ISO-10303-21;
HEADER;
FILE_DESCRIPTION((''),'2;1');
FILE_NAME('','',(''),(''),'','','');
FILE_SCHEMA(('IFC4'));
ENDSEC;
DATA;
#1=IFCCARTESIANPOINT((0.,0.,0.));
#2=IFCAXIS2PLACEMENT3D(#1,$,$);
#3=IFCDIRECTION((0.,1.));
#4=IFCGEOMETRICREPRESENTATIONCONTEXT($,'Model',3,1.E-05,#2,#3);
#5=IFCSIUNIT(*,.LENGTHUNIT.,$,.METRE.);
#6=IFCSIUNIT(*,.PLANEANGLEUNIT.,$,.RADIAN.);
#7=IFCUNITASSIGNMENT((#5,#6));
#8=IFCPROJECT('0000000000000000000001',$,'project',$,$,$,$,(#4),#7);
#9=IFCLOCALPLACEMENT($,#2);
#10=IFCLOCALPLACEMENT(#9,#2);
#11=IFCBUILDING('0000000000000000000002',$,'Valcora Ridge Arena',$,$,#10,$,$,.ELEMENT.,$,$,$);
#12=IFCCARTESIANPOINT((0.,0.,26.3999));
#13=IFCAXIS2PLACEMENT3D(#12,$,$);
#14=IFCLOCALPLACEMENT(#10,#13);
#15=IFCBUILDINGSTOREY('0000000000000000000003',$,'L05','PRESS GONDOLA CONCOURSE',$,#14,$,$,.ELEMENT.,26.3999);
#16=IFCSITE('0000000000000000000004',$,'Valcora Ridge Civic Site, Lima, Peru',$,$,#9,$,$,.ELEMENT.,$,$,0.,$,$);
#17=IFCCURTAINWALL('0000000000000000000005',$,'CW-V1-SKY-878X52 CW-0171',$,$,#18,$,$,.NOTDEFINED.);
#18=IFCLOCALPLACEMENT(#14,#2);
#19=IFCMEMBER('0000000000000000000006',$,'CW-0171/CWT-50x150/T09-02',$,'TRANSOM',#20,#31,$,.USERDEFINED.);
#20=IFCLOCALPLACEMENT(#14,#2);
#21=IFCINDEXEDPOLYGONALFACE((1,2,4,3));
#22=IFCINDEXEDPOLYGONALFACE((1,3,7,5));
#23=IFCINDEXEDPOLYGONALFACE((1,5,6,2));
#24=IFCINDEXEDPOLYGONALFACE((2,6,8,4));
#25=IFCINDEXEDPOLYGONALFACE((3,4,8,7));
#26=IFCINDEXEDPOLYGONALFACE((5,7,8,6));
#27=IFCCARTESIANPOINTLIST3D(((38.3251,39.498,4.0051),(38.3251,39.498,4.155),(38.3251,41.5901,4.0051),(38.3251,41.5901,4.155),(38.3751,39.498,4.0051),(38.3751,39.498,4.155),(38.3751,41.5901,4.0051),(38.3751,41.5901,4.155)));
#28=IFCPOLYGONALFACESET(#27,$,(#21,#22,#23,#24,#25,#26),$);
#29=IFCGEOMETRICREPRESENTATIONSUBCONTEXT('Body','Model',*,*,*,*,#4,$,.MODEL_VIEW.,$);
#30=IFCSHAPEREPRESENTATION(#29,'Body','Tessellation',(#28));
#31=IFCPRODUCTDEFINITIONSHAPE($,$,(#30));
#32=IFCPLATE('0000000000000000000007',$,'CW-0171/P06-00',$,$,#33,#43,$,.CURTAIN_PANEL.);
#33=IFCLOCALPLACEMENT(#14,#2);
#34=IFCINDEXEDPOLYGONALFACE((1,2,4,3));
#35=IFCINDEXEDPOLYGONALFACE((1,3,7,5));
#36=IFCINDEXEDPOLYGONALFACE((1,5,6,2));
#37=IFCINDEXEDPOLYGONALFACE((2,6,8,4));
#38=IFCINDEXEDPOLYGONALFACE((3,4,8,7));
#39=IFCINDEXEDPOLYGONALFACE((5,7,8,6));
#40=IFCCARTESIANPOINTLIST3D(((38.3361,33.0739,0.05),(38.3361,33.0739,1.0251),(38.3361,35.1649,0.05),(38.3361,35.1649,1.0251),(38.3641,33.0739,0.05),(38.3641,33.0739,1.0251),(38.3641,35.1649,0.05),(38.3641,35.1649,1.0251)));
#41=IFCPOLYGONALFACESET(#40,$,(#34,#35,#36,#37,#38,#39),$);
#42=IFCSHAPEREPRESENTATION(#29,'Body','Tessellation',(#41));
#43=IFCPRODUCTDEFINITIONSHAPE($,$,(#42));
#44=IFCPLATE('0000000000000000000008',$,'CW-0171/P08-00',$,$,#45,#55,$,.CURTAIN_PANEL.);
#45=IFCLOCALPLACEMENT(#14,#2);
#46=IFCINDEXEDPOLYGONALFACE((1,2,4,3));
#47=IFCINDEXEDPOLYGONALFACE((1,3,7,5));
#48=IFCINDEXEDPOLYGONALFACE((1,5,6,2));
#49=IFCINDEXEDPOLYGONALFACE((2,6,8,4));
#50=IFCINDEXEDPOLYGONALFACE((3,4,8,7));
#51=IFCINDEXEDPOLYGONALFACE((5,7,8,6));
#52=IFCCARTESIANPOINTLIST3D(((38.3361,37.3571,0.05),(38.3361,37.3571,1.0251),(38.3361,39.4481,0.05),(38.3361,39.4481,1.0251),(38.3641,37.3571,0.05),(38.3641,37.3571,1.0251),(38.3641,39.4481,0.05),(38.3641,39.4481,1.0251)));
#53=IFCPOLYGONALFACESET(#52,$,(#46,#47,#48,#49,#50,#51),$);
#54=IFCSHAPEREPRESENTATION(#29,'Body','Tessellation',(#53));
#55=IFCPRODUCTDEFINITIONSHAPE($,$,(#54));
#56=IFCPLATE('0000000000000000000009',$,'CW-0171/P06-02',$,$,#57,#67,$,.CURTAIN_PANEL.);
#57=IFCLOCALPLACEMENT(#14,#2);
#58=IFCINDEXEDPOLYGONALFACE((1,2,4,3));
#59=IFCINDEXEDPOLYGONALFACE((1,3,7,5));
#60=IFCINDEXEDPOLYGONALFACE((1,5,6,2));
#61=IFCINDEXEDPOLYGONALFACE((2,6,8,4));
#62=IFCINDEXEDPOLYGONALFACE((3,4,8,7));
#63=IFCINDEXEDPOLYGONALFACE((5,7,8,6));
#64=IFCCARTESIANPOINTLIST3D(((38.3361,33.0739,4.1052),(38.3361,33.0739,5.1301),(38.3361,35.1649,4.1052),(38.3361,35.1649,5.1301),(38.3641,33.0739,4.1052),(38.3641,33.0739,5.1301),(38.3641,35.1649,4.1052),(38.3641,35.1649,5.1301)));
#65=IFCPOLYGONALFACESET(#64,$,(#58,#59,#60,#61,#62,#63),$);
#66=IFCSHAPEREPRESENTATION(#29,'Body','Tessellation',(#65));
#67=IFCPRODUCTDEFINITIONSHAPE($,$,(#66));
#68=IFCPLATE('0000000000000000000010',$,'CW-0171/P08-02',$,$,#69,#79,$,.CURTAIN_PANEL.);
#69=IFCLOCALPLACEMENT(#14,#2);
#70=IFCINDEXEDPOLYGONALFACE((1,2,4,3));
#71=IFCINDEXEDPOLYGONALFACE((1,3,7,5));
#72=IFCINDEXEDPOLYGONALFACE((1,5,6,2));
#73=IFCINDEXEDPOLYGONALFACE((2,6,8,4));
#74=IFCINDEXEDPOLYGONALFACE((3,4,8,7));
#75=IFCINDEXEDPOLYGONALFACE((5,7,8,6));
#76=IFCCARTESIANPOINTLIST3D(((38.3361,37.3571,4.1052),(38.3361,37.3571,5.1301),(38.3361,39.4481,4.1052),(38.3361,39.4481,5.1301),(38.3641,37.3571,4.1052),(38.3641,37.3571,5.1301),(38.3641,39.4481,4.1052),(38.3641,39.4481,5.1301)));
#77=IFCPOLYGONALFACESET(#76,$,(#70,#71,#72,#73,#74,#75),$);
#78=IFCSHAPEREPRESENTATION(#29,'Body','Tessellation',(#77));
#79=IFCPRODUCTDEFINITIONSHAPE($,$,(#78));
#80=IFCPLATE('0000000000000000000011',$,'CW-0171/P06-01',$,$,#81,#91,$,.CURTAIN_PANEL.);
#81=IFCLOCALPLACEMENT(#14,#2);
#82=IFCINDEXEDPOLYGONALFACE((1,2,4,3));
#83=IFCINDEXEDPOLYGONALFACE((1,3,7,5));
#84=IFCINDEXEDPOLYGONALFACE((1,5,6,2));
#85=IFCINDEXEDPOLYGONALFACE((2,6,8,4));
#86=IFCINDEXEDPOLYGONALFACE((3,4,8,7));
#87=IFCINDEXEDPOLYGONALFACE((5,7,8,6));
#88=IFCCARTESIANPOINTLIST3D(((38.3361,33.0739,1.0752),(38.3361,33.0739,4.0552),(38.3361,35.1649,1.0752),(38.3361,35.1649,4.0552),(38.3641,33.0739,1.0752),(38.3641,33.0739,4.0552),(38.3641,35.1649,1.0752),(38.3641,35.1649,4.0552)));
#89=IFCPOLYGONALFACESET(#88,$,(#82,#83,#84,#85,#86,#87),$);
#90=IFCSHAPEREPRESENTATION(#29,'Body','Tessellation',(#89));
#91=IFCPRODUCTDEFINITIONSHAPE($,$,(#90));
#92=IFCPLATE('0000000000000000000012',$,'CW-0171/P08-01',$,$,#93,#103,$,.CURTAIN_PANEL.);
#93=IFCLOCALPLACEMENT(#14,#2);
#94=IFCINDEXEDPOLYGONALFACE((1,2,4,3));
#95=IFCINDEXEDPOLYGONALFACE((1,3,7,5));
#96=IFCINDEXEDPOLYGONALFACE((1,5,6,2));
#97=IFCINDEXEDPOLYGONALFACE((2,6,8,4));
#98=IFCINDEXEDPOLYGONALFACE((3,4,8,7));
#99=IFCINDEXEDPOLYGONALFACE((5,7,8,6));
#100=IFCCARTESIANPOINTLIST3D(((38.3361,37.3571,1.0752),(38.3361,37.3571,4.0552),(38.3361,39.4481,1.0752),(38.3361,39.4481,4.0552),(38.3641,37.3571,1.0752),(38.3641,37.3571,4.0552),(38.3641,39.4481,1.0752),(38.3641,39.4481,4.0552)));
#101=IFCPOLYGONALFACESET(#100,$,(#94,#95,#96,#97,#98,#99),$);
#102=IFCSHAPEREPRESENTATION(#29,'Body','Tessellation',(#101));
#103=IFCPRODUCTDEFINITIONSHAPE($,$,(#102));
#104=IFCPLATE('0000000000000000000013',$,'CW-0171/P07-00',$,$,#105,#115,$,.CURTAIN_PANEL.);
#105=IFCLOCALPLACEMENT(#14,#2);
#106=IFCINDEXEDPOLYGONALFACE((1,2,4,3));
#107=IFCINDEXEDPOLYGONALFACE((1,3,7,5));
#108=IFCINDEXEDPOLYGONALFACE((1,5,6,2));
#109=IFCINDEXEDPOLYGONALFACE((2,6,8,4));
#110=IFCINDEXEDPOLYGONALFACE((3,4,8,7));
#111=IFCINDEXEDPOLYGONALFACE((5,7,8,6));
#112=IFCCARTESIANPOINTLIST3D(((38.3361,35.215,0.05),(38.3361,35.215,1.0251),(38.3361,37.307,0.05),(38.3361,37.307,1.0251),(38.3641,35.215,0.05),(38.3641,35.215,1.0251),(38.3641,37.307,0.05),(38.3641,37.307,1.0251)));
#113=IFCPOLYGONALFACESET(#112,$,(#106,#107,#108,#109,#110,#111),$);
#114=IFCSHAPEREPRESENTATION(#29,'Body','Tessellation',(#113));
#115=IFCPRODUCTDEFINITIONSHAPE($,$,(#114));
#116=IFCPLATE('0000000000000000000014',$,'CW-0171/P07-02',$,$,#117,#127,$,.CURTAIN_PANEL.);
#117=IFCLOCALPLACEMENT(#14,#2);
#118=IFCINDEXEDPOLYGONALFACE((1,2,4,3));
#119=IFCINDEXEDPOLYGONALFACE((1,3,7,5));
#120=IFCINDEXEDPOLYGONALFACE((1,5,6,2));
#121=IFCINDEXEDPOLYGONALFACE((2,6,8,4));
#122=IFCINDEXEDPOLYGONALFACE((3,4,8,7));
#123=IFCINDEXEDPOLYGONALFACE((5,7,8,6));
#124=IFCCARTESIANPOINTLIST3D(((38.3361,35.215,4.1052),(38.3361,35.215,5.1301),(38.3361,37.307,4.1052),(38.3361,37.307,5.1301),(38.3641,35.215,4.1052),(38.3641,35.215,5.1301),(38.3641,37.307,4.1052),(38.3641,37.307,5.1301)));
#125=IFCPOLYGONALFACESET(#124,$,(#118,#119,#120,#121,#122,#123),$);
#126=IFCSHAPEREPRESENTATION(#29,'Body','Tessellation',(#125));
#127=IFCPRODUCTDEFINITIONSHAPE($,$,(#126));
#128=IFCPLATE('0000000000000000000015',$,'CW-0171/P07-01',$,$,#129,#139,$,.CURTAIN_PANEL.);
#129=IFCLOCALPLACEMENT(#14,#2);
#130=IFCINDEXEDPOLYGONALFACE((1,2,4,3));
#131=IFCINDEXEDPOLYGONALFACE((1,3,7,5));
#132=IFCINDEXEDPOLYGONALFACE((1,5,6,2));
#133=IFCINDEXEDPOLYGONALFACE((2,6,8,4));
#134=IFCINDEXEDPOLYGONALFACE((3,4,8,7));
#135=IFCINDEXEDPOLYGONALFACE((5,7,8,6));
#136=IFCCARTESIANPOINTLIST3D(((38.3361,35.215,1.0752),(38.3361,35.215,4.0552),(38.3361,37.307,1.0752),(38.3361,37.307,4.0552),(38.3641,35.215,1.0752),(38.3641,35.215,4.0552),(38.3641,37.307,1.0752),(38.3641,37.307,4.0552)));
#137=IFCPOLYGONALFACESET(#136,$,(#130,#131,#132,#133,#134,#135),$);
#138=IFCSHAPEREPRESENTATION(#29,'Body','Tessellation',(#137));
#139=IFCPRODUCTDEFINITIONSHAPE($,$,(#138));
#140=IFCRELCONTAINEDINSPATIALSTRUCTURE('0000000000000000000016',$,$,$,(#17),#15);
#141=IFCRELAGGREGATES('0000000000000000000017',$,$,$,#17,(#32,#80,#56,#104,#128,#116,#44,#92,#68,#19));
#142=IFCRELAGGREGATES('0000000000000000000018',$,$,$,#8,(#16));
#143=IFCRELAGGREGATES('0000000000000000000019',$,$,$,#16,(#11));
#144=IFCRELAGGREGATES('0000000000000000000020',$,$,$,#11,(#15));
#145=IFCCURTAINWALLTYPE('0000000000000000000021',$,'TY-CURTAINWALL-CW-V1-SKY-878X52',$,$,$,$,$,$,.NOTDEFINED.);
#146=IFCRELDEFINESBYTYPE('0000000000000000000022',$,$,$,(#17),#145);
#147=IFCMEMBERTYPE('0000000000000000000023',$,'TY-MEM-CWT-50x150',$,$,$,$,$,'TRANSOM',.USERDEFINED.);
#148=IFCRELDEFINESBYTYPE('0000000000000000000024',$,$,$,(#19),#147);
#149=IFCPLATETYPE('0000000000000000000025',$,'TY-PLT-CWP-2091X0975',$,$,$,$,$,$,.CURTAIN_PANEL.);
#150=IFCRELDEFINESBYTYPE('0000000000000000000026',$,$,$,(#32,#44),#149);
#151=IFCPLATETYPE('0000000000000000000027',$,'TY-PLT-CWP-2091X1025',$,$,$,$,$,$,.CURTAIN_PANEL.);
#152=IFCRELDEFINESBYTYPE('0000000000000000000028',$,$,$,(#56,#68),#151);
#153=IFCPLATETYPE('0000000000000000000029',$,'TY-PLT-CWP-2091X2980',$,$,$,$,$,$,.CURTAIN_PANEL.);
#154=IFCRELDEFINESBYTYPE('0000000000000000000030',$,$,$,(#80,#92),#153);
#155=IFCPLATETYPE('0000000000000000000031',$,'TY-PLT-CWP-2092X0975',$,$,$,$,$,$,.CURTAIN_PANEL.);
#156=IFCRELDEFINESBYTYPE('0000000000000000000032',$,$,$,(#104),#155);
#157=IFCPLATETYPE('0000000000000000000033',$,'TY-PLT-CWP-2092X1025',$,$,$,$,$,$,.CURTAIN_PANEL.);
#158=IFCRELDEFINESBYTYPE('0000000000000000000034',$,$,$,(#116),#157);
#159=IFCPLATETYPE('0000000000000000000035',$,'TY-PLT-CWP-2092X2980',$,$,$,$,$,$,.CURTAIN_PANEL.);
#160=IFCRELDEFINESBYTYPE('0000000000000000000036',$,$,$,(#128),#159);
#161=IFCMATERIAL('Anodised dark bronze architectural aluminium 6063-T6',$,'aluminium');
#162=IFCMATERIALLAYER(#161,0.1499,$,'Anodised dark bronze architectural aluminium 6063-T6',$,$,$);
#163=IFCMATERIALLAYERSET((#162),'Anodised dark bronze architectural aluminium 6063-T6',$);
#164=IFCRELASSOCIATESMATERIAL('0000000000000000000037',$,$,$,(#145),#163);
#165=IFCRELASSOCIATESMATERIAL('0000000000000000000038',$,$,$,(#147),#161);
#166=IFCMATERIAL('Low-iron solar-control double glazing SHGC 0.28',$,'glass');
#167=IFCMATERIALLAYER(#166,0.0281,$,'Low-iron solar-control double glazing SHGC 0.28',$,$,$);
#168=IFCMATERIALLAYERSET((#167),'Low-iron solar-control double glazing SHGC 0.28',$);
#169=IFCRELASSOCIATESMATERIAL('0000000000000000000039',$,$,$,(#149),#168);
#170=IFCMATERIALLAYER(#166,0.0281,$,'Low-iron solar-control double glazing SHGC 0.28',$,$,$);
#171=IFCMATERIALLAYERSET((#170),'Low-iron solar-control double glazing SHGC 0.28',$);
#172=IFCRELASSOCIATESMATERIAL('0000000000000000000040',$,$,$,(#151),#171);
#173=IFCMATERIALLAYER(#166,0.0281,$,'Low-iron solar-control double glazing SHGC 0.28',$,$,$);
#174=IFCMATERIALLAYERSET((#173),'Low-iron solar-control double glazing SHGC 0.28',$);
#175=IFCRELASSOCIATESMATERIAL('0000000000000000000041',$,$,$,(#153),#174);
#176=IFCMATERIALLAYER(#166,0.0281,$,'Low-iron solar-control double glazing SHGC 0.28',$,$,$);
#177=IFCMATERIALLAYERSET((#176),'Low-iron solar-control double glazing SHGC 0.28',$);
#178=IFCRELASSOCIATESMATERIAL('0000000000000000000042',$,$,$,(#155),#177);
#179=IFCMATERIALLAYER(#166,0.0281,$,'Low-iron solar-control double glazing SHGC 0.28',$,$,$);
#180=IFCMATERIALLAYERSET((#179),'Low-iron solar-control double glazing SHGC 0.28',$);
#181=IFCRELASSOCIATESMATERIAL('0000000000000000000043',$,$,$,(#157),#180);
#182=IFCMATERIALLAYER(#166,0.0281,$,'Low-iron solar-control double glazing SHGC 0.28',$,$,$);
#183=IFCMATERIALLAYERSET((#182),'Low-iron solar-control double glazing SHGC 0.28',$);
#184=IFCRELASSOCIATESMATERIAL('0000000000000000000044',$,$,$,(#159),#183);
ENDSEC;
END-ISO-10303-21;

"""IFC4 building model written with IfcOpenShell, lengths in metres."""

from ifc_helpers import new_model, si_unit, direction, frame, origin, origin_2d, place, context, subcontext, project, spatial, rectangle, extrude, material, layer, layer_set, material_profile, profile_set, type_object, element, aggregate, save


model = new_model("IFC4")

# Units and contexts
model_context = context("Model", 3, precision=1e-05, world=origin(), true_north=direction((0.0, 1.0)))
body_context = subcontext(model_context, "Body", "Model", "MODEL_VIEW")
ifc_project = project(units=[si_unit("LENGTHUNIT", "METRE"), si_unit("PLANEANGLEUNIT", "RADIAN")], contexts=[model_context])

# Site, building, storey
site_placement = place(None, origin())
site = spatial("IfcSite", under=ifc_project, at=site_placement, Name="Valcora Ridge Civic Site, Lima, Peru", CompositionType="ELEMENT", RefElevation=0.0)
building_placement = place(site_placement, origin())
building = spatial("IfcBuilding", under=site, at=building_placement, Name="Valcora Ridge Arena", CompositionType="ELEMENT")
storey_placement = place(building_placement, frame((0.0, 0.0, 26.3999)))
storey = spatial("IfcBuildingStorey", under=building, at=storey_placement, Name="L05", Description="PRESS GONDOLA CONCOURSE", CompositionType="ELEMENT", Elevation=26.3999)

# Curtain wall, member, plates
ifc_material_1 = material(Name="Anodised dark bronze architectural aluminium 6063-T6", Category="aluminium")
ifc_layer_1 = layer(ifc_material_1, 0.1499, Name="Anodised dark bronze architectural aluminium 6063-T6")
ifc_layer_set_1 = layer_set([ifc_layer_1], Name="Anodised dark bronze architectural aluminium 6063-T6")
curtain_wall_type = type_object("IfcCurtainWallType", Name="TY-CURTAINWALL-CW-V1-SKY-878X52", PredefinedType="NOTDEFINED", material=ifc_layer_set_1)
curtain_wall_placement = place(storey_placement, origin())
curtain_wall = element("IfcCurtainWall", 1, at=curtain_wall_placement, inside=storey, type_object=curtain_wall_type, Name="CW-V1-SKY-878X52 CW-0171", PredefinedType="NOTDEFINED")
ifc_material_profile_1 = material_profile(ifc_material_1, rectangle(XDim=0.05, YDim=0.1499, at=origin_2d()), Name="ALU TRANSOM 50x150")
ifc_profile_set_1 = profile_set([ifc_material_profile_1], Name="Anodised dark bronze architectural aluminium 6063-T6")
member_type_1 = type_object("IfcMemberType", Name="TY-MEM-CWT-50x150", ElementType="TRANSOM", PredefinedType="USERDEFINED", material=ifc_profile_set_1)
member_1_placement = place(storey_placement, frame((38.3501, 39.498, 4.0801), z_axis=(0.0, 1.0, 0.0), x_axis=(-1.0, 0.0, 0.0)))
member_1 = element("IfcMember", 2, at=member_1_placement, type_object=member_type_1, Name="CW-0171/CWT-50x150/T09-02", ObjectType="TRANSOM", PredefinedType="USERDEFINED", context=body_context, shape_type="SweptSolid", body=[
    extrude(rectangle(XDim=0.05, YDim=0.1499, at=origin_2d()), origin(), (0.0, 0.0, 1.0), 2.092),
])
ifc_material_2 = material(Name="Low-iron solar-control double glazing SHGC 0.28", Category="glass")
ifc_layer_2 = layer(ifc_material_2, 0.0281, Name="Low-iron solar-control double glazing SHGC 0.28")
ifc_layer_set_2 = layer_set([ifc_layer_2], Name="Low-iron solar-control double glazing SHGC 0.28")
plate_type_1 = type_object("IfcPlateType", Name="TY-PLT-CWP-2091X0975", PredefinedType="CURTAIN_PANEL", material=ifc_layer_set_2)
plate_1_placement = place(storey_placement, frame((38.3501, 34.1194, 0.05), z_axis=(0.0, 0.0, 1.0), x_axis=(0.0, 1.0, 0.0)))
plate_1 = element("IfcPlate", 3, at=plate_1_placement, type_object=plate_type_1, Name="CW-0171/P06-00", PredefinedType="CURTAIN_PANEL", context=body_context, shape_type="SweptSolid", body=[
    extrude(rectangle(XDim=2.0911, YDim=0.0281, at=origin_2d()), origin(), (0.0, 0.0, 1.0), 0.9751),
])
plate_2_placement = place(storey_placement, frame((38.3501, 38.4026, 0.05), z_axis=(0.0, 0.0, 1.0), x_axis=(0.0, 1.0, 0.0)))
plate_2 = element("IfcPlate", 4, at=plate_2_placement, type_object=plate_type_1, Name="CW-0171/P08-00", PredefinedType="CURTAIN_PANEL", context=body_context, shape_type="SweptSolid", body=[
    extrude(rectangle(XDim=2.0911, YDim=0.0281, at=origin_2d()), origin(), (0.0, 0.0, 1.0), 0.9751),
])
ifc_layer_3 = layer(ifc_material_2, 0.0281, Name="Low-iron solar-control double glazing SHGC 0.28")
ifc_layer_set_3 = layer_set([ifc_layer_3], Name="Low-iron solar-control double glazing SHGC 0.28")
plate_type_2 = type_object("IfcPlateType", Name="TY-PLT-CWP-2091X1025", PredefinedType="CURTAIN_PANEL", material=ifc_layer_set_3)
plate_3_placement = place(storey_placement, frame((38.3501, 34.1194, 4.1052), z_axis=(0.0, 0.0, 1.0), x_axis=(0.0, 1.0, 0.0)))
plate_3 = element("IfcPlate", 5, at=plate_3_placement, type_object=plate_type_2, Name="CW-0171/P06-02", PredefinedType="CURTAIN_PANEL", context=body_context, shape_type="SweptSolid", body=[
    extrude(rectangle(XDim=2.0911, YDim=0.0281, at=origin_2d()), origin(), (0.0, 0.0, 1.0), 1.0249),
])
plate_4_placement = place(storey_placement, frame((38.3501, 38.4026, 4.1052), z_axis=(0.0, 0.0, 1.0), x_axis=(0.0, 1.0, 0.0)))
plate_4 = element("IfcPlate", 6, at=plate_4_placement, type_object=plate_type_2, Name="CW-0171/P08-02", PredefinedType="CURTAIN_PANEL", context=body_context, shape_type="SweptSolid", body=[
    extrude(rectangle(XDim=2.0911, YDim=0.0281, at=origin_2d()), origin(), (0.0, 0.0, 1.0), 1.0249),
])
ifc_layer_4 = layer(ifc_material_2, 0.0281, Name="Low-iron solar-control double glazing SHGC 0.28")
ifc_layer_set_4 = layer_set([ifc_layer_4], Name="Low-iron solar-control double glazing SHGC 0.28")
plate_type_3 = type_object("IfcPlateType", Name="TY-PLT-CWP-2091X2980", PredefinedType="CURTAIN_PANEL", material=ifc_layer_set_4)
plate_5_placement = place(storey_placement, frame((38.3501, 34.1194, 1.0752), z_axis=(0.0, 0.0, 1.0), x_axis=(0.0, 1.0, 0.0)))
plate_5 = element("IfcPlate", 7, at=plate_5_placement, type_object=plate_type_3, Name="CW-0171/P06-01", PredefinedType="CURTAIN_PANEL", context=body_context, shape_type="SweptSolid", body=[
    extrude(rectangle(XDim=2.0911, YDim=0.0281, at=origin_2d()), origin(), (0.0, 0.0, 1.0), 2.98),
])
plate_6_placement = place(storey_placement, frame((38.3501, 38.4026, 1.0752), z_axis=(0.0, 0.0, 1.0), x_axis=(0.0, 1.0, 0.0)))
plate_6 = element("IfcPlate", 8, at=plate_6_placement, type_object=plate_type_3, Name="CW-0171/P08-01", PredefinedType="CURTAIN_PANEL", context=body_context, shape_type="SweptSolid", body=[
    extrude(rectangle(XDim=2.0911, YDim=0.0281, at=origin_2d()), origin(), (0.0, 0.0, 1.0), 2.98),
])
ifc_layer_5 = layer(ifc_material_2, 0.0281, Name="Low-iron solar-control double glazing SHGC 0.28")
ifc_layer_set_5 = layer_set([ifc_layer_5], Name="Low-iron solar-control double glazing SHGC 0.28")
plate_type_4 = type_object("IfcPlateType", Name="TY-PLT-CWP-2092X0975", PredefinedType="CURTAIN_PANEL", material=ifc_layer_set_5)
plate_7_placement = place(storey_placement, frame((38.3501, 36.261, 0.05), z_axis=(0.0, 0.0, 1.0), x_axis=(0.0, 1.0, 0.0)))
plate_7 = element("IfcPlate", 9, at=plate_7_placement, type_object=plate_type_4, Name="CW-0171/P07-00", PredefinedType="CURTAIN_PANEL", context=body_context, shape_type="SweptSolid", body=[
    extrude(rectangle(XDim=2.092, YDim=0.0281, at=origin_2d()), origin(), (0.0, 0.0, 1.0), 0.9751),
])
ifc_layer_6 = layer(ifc_material_2, 0.0281, Name="Low-iron solar-control double glazing SHGC 0.28")
ifc_layer_set_6 = layer_set([ifc_layer_6], Name="Low-iron solar-control double glazing SHGC 0.28")
plate_type_5 = type_object("IfcPlateType", Name="TY-PLT-CWP-2092X1025", PredefinedType="CURTAIN_PANEL", material=ifc_layer_set_6)
plate_8_placement = place(storey_placement, frame((38.3501, 36.261, 4.1052), z_axis=(0.0, 0.0, 1.0), x_axis=(0.0, 1.0, 0.0)))
plate_8 = element("IfcPlate", 10, at=plate_8_placement, type_object=plate_type_5, Name="CW-0171/P07-02", PredefinedType="CURTAIN_PANEL", context=body_context, shape_type="SweptSolid", body=[
    extrude(rectangle(XDim=2.092, YDim=0.0281, at=origin_2d()), origin(), (0.0, 0.0, 1.0), 1.0249),
])
ifc_layer_7 = layer(ifc_material_2, 0.0281, Name="Low-iron solar-control double glazing SHGC 0.28")
ifc_layer_set_7 = layer_set([ifc_layer_7], Name="Low-iron solar-control double glazing SHGC 0.28")
plate_type_6 = type_object("IfcPlateType", Name="TY-PLT-CWP-2092X2980", PredefinedType="CURTAIN_PANEL", material=ifc_layer_set_7)
plate_9_placement = place(storey_placement, frame((38.3501, 36.261, 1.0752), z_axis=(0.0, 0.0, 1.0), x_axis=(0.0, 1.0, 0.0)))
plate_9 = element("IfcPlate", 11, at=plate_9_placement, type_object=plate_type_6, Name="CW-0171/P07-01", PredefinedType="CURTAIN_PANEL", context=body_context, shape_type="SweptSolid", body=[
    extrude(rectangle(XDim=2.092, YDim=0.0281, at=origin_2d()), origin(), (0.0, 0.0, 1.0), 2.98),
])
aggregate(curtain_wall, [plate_1, plate_5, plate_3, plate_7, plate_9, plate_8, plate_2, plate_6, plate_4, member_1])

save(model, "model.ifc")
